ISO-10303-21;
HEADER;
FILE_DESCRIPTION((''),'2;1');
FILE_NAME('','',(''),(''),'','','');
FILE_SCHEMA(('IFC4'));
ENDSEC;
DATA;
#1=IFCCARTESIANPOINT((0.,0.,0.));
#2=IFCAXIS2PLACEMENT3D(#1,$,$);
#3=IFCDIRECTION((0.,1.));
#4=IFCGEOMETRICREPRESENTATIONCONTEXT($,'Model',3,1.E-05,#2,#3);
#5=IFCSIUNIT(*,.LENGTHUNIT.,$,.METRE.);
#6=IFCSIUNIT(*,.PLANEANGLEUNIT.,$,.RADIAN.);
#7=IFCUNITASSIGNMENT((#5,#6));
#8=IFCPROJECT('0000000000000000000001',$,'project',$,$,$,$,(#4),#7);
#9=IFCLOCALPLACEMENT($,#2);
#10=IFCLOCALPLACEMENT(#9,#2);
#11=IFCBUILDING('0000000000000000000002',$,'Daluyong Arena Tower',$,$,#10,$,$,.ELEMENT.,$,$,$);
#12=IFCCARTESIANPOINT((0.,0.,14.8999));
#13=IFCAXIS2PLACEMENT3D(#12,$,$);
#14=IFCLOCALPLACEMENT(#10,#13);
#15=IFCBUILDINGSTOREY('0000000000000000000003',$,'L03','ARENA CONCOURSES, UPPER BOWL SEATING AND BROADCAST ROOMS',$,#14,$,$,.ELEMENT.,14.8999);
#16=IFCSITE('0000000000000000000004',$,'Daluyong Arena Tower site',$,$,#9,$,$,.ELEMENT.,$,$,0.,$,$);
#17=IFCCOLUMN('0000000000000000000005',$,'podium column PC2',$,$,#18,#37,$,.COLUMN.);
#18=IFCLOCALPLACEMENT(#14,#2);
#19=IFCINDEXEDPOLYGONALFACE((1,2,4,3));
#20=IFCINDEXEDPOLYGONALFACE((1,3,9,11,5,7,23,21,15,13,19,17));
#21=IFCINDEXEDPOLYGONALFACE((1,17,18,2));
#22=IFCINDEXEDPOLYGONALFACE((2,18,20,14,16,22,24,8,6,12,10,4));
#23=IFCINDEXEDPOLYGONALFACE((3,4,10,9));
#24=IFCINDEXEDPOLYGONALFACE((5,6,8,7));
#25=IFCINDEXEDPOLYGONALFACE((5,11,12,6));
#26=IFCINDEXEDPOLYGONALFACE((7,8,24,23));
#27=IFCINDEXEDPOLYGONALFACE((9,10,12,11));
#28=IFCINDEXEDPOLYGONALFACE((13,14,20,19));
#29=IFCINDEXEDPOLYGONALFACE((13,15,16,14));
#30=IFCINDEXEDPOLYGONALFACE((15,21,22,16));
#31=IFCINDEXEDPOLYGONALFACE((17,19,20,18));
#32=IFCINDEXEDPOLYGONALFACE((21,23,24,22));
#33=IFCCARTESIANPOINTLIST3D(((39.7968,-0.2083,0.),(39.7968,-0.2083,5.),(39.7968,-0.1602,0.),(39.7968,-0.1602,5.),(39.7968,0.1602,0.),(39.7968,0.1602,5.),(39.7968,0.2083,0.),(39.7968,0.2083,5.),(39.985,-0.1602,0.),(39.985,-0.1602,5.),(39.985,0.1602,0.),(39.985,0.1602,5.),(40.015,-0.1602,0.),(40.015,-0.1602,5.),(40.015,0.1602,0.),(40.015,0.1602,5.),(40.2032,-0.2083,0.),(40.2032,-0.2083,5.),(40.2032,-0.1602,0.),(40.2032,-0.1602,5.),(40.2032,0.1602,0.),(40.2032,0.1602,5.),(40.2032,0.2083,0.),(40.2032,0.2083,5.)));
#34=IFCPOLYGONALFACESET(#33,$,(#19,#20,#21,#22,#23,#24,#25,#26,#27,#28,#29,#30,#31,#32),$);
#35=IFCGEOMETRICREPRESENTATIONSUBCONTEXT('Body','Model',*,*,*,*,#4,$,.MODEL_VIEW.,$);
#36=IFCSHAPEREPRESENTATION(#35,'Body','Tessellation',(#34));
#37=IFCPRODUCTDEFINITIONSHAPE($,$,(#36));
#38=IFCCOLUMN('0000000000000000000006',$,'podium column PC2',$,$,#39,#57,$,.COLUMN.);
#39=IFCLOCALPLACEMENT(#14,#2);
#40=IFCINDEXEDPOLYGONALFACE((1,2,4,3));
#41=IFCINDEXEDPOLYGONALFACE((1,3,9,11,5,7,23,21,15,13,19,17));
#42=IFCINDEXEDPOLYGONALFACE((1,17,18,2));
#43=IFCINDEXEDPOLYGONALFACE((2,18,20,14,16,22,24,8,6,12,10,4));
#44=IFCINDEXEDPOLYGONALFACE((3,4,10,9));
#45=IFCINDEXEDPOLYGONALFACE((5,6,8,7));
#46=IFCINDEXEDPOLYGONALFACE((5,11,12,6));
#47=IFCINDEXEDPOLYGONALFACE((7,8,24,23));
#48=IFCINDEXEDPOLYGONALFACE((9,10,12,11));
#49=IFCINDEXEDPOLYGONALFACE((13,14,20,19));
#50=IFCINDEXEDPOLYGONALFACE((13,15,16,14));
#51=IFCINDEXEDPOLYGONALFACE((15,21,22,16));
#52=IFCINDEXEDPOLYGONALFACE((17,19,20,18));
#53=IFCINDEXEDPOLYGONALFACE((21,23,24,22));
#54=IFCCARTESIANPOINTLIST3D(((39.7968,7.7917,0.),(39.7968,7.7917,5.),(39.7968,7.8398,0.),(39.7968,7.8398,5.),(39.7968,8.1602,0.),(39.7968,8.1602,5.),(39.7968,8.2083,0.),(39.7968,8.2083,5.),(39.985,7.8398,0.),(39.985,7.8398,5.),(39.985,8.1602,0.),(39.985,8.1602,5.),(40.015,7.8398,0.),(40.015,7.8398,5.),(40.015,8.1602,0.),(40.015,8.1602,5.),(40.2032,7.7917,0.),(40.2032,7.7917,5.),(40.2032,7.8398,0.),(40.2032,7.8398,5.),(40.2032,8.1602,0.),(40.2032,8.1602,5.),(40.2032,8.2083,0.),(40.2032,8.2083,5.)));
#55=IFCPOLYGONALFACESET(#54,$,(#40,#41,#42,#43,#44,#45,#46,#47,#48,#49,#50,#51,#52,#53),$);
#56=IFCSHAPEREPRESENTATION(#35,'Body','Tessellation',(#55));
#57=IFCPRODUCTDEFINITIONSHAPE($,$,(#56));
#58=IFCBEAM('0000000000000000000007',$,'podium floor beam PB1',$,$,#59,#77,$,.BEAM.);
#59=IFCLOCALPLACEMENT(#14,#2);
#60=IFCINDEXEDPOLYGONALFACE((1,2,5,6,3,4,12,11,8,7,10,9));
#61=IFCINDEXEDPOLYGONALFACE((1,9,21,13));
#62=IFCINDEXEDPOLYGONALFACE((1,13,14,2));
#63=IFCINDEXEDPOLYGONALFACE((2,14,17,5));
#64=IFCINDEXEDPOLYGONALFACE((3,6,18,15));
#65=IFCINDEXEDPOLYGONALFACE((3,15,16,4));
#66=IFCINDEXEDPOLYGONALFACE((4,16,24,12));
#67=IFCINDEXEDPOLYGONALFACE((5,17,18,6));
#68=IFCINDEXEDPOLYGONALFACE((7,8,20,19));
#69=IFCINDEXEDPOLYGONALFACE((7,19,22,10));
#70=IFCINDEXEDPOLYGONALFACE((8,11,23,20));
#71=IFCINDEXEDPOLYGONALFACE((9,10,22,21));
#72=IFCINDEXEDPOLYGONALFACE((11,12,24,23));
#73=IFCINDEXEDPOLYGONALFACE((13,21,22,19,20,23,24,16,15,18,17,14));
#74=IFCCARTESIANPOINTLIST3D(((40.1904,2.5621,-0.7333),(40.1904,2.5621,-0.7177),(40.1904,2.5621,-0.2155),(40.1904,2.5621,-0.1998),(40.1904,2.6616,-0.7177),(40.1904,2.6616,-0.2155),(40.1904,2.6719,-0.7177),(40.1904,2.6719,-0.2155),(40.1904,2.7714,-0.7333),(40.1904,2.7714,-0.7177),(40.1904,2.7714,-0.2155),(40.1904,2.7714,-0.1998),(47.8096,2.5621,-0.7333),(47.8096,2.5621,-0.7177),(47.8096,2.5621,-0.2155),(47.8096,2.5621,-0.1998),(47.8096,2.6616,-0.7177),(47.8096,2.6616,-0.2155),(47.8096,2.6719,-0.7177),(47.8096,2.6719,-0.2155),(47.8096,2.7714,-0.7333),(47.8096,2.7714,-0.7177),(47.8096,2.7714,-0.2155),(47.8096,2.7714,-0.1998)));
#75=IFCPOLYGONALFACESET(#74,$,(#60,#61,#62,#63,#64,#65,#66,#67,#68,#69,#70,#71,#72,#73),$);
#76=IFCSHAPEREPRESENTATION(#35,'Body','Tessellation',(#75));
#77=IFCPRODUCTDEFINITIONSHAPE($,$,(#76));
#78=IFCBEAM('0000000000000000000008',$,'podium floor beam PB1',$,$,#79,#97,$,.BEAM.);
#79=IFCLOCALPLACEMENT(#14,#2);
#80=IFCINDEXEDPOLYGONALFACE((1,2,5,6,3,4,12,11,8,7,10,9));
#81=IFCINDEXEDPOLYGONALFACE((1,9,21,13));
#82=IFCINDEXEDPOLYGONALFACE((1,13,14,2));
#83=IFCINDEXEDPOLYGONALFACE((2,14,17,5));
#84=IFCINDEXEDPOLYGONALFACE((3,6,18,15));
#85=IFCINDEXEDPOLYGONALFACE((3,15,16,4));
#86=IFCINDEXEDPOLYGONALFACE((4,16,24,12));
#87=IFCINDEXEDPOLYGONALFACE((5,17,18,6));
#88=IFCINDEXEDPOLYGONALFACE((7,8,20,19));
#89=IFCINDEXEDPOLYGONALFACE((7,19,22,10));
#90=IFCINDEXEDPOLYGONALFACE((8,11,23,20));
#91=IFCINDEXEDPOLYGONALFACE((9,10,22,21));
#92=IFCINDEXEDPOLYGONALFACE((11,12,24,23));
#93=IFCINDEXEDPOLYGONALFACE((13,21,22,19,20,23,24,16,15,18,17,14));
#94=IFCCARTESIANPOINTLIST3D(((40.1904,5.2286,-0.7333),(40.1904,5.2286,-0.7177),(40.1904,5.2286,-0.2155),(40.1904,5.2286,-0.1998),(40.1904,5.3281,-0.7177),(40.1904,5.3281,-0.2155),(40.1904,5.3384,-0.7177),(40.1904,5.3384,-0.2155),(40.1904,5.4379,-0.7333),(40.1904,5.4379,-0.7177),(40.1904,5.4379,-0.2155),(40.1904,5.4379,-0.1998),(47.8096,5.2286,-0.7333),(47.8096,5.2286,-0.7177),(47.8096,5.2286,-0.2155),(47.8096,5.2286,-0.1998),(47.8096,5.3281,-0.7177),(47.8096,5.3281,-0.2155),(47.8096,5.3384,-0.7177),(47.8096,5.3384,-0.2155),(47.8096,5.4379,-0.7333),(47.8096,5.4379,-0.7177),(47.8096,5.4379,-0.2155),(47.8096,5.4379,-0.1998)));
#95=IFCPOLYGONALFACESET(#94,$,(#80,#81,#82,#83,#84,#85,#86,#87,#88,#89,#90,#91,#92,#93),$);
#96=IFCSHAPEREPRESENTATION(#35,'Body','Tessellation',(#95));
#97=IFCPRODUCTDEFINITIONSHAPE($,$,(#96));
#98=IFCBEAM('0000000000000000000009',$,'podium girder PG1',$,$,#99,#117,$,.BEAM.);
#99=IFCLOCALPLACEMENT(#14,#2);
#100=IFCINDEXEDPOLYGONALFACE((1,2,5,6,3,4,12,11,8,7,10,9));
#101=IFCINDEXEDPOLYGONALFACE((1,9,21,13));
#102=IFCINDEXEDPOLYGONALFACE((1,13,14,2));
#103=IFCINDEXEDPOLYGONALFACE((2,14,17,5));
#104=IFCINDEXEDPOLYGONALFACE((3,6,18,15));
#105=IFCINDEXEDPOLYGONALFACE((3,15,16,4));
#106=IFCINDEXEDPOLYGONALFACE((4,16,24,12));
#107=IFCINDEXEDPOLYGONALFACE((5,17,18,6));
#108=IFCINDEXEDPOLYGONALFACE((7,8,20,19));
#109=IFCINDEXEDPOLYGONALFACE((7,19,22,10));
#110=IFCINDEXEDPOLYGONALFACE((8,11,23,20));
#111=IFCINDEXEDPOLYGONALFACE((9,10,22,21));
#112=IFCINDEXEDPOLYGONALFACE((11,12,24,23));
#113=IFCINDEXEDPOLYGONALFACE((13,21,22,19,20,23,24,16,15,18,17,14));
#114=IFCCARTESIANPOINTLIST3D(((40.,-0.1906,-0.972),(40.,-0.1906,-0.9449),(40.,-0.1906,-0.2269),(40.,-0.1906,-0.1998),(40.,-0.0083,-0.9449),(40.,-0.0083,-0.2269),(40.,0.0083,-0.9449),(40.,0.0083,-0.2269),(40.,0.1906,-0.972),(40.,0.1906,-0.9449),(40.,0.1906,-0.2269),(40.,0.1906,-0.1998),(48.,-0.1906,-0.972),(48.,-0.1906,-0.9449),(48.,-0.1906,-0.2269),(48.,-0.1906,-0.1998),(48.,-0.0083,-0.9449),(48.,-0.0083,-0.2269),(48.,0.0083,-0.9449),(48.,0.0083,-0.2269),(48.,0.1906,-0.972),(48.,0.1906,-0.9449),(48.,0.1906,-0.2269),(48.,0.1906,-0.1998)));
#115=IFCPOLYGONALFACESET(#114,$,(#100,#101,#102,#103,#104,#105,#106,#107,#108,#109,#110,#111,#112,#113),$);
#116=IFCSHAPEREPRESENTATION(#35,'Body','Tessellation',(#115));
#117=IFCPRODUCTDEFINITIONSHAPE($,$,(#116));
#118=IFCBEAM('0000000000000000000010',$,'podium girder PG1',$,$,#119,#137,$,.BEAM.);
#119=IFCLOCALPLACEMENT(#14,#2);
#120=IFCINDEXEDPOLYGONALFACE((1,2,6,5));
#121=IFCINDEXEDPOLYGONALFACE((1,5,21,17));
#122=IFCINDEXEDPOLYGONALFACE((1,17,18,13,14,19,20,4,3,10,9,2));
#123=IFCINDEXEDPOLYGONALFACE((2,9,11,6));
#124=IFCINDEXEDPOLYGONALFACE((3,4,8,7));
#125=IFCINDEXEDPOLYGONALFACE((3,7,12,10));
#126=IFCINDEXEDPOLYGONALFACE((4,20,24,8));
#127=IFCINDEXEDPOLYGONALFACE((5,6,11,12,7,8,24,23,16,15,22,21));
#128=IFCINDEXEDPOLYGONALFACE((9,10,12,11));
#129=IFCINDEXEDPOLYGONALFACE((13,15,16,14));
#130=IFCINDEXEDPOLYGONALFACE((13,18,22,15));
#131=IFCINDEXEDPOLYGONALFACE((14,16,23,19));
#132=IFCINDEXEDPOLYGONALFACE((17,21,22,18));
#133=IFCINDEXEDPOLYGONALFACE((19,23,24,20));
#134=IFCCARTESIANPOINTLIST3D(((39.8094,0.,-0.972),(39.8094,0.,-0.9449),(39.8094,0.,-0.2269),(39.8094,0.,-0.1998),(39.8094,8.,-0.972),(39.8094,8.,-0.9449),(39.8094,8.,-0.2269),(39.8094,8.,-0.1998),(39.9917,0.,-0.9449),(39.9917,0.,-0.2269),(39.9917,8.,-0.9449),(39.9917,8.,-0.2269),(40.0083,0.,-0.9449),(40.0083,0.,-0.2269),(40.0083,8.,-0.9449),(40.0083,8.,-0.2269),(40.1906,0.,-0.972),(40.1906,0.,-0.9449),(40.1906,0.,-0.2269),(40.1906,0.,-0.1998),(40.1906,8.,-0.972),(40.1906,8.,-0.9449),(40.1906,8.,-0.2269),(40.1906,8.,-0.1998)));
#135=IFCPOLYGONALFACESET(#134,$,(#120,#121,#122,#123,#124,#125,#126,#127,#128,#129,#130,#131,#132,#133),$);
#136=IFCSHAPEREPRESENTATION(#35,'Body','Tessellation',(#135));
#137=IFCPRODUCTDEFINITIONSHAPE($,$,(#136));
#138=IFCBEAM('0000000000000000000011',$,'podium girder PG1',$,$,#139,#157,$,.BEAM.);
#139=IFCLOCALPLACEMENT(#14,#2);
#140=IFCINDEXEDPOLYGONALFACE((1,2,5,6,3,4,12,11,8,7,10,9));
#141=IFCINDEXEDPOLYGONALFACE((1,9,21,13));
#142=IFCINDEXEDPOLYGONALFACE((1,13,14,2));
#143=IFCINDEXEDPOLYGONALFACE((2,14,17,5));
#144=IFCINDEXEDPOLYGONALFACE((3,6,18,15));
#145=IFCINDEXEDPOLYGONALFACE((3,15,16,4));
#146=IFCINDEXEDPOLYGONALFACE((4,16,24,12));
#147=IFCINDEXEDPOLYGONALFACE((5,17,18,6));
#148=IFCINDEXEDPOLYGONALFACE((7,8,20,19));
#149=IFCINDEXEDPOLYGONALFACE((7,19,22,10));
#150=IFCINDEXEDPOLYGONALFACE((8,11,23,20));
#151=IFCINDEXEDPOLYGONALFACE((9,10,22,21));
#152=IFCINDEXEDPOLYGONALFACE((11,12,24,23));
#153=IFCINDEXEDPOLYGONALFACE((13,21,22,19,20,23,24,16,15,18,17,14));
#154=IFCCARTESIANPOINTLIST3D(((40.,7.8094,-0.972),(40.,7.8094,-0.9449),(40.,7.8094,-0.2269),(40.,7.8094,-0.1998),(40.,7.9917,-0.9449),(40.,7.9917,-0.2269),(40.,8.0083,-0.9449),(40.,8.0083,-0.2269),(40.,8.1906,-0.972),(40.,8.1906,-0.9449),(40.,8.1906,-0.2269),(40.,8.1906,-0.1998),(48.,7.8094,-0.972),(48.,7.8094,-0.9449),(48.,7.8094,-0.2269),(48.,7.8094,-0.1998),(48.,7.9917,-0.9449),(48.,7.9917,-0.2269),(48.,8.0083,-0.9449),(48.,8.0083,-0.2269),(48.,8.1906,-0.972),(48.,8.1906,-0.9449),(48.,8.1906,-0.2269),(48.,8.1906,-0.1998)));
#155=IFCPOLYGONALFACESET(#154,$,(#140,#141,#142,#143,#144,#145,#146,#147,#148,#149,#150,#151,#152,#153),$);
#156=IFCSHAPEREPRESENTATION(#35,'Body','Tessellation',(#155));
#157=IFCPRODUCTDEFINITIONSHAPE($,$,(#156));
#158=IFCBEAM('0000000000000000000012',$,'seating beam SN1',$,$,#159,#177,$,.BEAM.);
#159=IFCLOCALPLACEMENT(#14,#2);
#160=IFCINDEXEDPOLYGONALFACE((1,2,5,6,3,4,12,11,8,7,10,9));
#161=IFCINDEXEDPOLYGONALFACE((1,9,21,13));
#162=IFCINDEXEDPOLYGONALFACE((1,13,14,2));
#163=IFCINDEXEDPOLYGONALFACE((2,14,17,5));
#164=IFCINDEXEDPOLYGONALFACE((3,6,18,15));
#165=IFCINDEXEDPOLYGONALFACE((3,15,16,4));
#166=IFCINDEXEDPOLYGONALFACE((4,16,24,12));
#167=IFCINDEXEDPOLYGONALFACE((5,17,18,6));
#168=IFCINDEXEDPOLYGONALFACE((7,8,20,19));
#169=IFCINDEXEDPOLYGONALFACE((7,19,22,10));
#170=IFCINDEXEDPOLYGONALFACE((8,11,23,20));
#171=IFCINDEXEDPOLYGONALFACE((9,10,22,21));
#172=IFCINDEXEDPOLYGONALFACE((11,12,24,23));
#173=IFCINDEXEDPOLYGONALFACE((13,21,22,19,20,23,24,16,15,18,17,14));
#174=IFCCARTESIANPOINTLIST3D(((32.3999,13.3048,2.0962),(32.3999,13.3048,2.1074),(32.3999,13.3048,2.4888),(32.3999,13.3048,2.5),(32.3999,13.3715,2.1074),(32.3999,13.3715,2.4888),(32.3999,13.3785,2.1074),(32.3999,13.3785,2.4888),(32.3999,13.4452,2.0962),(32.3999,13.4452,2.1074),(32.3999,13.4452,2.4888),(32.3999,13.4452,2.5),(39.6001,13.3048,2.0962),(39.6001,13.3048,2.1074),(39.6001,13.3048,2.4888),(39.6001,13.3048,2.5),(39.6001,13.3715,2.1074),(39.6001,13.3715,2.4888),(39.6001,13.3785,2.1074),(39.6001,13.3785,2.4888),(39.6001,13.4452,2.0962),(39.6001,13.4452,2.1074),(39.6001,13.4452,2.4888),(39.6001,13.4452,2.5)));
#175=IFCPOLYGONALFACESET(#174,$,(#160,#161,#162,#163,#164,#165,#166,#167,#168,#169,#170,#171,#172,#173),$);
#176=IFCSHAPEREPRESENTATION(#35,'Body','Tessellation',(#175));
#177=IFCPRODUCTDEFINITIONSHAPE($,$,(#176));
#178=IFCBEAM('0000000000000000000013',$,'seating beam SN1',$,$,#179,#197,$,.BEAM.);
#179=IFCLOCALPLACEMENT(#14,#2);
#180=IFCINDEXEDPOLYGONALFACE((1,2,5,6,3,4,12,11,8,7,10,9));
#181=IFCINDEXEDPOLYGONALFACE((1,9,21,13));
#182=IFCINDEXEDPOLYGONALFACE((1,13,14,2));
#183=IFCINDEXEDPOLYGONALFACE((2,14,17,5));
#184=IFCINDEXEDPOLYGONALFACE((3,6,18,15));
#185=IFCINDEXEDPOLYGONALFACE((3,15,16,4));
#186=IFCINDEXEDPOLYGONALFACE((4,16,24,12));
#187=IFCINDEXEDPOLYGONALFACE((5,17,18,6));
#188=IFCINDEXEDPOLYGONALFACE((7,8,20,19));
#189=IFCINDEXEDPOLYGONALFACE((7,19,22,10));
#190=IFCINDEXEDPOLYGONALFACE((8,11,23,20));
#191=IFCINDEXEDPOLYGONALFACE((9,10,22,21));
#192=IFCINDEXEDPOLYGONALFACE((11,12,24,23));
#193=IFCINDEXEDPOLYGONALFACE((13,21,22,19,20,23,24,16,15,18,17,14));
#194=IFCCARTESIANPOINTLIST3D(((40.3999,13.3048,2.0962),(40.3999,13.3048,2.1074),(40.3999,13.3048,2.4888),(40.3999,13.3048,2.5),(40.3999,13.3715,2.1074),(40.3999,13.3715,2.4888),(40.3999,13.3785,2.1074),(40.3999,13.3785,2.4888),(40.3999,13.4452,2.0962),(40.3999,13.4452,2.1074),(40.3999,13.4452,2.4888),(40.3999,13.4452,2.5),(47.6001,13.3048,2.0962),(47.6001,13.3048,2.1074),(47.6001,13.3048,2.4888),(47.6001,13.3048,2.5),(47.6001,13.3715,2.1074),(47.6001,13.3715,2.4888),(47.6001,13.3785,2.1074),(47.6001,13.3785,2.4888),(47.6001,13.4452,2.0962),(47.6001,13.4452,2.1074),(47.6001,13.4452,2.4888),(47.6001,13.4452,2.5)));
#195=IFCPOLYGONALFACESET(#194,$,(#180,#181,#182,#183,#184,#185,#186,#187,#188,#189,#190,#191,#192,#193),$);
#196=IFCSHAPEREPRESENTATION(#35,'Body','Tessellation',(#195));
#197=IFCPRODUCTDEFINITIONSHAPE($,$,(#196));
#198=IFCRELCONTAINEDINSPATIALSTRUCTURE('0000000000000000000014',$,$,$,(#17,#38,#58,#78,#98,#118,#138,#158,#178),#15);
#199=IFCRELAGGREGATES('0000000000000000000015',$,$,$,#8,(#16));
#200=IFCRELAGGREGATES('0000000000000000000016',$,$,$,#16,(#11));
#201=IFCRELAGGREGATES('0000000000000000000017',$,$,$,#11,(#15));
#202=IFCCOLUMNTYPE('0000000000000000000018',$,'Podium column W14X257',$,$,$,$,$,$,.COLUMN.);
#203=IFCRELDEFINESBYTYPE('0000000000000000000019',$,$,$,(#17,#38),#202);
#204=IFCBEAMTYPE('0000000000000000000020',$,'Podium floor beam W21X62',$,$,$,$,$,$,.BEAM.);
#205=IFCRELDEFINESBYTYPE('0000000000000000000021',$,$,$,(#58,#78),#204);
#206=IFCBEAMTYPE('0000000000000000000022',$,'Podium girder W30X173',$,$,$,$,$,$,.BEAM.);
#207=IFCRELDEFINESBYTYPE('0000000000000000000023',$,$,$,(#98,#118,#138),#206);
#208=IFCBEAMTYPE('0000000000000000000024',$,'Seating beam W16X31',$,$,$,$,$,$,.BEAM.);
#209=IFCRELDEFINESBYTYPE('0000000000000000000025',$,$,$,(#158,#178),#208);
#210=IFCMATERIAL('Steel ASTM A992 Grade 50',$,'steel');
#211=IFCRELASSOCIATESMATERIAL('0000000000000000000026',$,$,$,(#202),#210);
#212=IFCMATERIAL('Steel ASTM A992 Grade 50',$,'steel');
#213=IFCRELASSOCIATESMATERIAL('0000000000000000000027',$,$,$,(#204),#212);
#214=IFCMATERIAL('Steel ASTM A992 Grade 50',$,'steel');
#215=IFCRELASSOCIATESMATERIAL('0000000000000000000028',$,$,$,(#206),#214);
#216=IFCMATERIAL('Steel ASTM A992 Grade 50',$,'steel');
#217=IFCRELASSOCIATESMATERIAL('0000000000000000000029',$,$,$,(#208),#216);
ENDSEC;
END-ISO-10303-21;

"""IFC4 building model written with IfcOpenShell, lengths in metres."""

from ifc_helpers import new_model, si_unit, direction, frame, origin, origin_2d, place, context, subcontext, project, spatial, i_section, extrude, material, material_profile, profile_set, type_object, element, save


model = new_model("IFC4")

# Units and contexts
model_context = context("Model", 3, precision=1e-05, world=origin(), true_north=direction((0.0, 1.0)))
body_context = subcontext(model_context, "Body", "Model", "MODEL_VIEW")
ifc_project = project(units=[si_unit("LENGTHUNIT", "METRE"), si_unit("PLANEANGLEUNIT", "RADIAN")], contexts=[model_context])

# Site, building, storey
site_placement = place(None, origin())
site = spatial("IfcSite", under=ifc_project, at=site_placement, Name="Daluyong Arena Tower site", CompositionType="ELEMENT", RefElevation=0.0)
building_placement = place(site_placement, origin())
building = spatial("IfcBuilding", under=site, at=building_placement, Name="Daluyong Arena Tower", CompositionType="ELEMENT")
storey_placement = place(building_placement, frame((0.0, 0.0, 14.8999)))
storey = spatial("IfcBuildingStorey", under=building, at=storey_placement, Name="L03", Description="ARENA CONCOURSES, UPPER BOWL SEATING AND BROADCAST ROOMS", CompositionType="ELEMENT", Elevation=14.8999)

# Columns
ifc_material_1 = material(Name="Steel ASTM A992 Grade 50", Category="steel")
ifc_material_profile_1 = material_profile(ifc_material_1, i_section(OverallWidth=0.4065, OverallDepth=0.4165, WebThickness=0.03, FlangeThickness=0.0481, at=origin_2d()))
ifc_profile_set_1 = profile_set([ifc_material_profile_1], Name="Steel ASTM A992 Grade 50")
column_type = type_object("IfcColumnType", Name="Podium column W14X257", PredefinedType="COLUMN", material=ifc_profile_set_1)
for number, where, z_axis, x_axis, name in (
    (1, (40.0, 0.0, 0.0), (0.0, 0.0, 1.0), (1.0, 0.0, 0.0), "podium column PC2"),
    (2, (40.0, 8.0, 0.0), (0.0, 0.0, 1.0), (1.0, 0.0, 0.0), "podium column PC2"),
):
    element("IfcColumn", number, at=place(storey_placement, frame(where, z_axis=z_axis, x_axis=x_axis)), inside=storey, type_object=column_type, Name=name, PredefinedType="COLUMN", context=body_context, shape_type="SweptSolid", body=[
        extrude(i_section(OverallWidth=0.4065, OverallDepth=0.4165, WebThickness=0.03, FlangeThickness=0.0481, at=origin_2d()), origin(), (0.0, 0.0, 1.0), 5.0),
    ])

# Beams
ifc_material_2 = material(Name="Steel ASTM A992 Grade 50", Category="steel")
ifc_material_profile_2 = material_profile(ifc_material_2, i_section(OverallWidth=0.2092, OverallDepth=0.5334, WebThickness=0.0103, FlangeThickness=0.0156, at=origin_2d()))
ifc_profile_set_2 = profile_set([ifc_material_profile_2], Name="Steel ASTM A992 Grade 50")
beam_type_1 = type_object("IfcBeamType", Name="Podium floor beam W21X62", PredefinedType="BEAM", material=ifc_profile_set_2)
for number, where, z_axis, x_axis, name in (
    (3, (40.1904, 2.6667, -0.4666), (1.0, 0.0, 0.0), (0.0, 1.0, 0.0), "podium floor beam PB1"),
    (4, (40.1904, 5.3333, -0.4666), (1.0, 0.0, 0.0), (0.0, 1.0, 0.0), "podium floor beam PB1"),
):
    element("IfcBeam", number, at=place(storey_placement, frame(where, z_axis=z_axis, x_axis=x_axis)), inside=storey, type_object=beam_type_1, Name=name, PredefinedType="BEAM", context=body_context, shape_type="SweptSolid", body=[
        extrude(i_section(OverallWidth=0.2092, OverallDepth=0.5334, WebThickness=0.0103, FlangeThickness=0.0156, at=origin_2d()), origin(), (0.0, 0.0, 1.0), 7.6191),
    ])
ifc_material_3 = material(Name="Steel ASTM A992 Grade 50", Category="steel")
ifc_material_profile_3 = material_profile(ifc_material_3, i_section(OverallWidth=0.3811, OverallDepth=0.7722, WebThickness=0.0166, FlangeThickness=0.0271, at=origin_2d()))
ifc_profile_set_3 = profile_set([ifc_material_profile_3], Name="Steel ASTM A992 Grade 50")
beam_type_2 = type_object("IfcBeamType", Name="Podium girder W30X173", PredefinedType="BEAM", material=ifc_profile_set_3)
for number, where, z_axis, x_axis, name in (
    (5, (40.0, 0.0, -0.5859), (1.0, 0.0, 0.0), (0.0, 1.0, 0.0), "podium girder PG1"),
    (6, (40.0, 0.0, -0.5859), (0.0, 1.0, 0.0), (-1.0, 0.0, 0.0), "podium girder PG1"),
    (7, (40.0, 8.0, -0.5859), (1.0, 0.0, 0.0), (0.0, 1.0, 0.0), "podium girder PG1"),
):
    element("IfcBeam", number, at=place(storey_placement, frame(where, z_axis=z_axis, x_axis=x_axis)), inside=storey, type_object=beam_type_2, Name=name, PredefinedType="BEAM", context=body_context, shape_type="SweptSolid", body=[
        extrude(i_section(OverallWidth=0.3811, OverallDepth=0.7722, WebThickness=0.0166, FlangeThickness=0.0271, at=origin_2d()), origin(), (0.0, 0.0, 1.0), 8.0),
    ])
ifc_material_4 = material(Name="Steel ASTM A992 Grade 50", Category="steel")
ifc_material_profile_4 = material_profile(ifc_material_4, i_section(OverallWidth=0.1404, OverallDepth=0.4038, WebThickness=0.0071, FlangeThickness=0.0112, at=origin_2d()))
ifc_profile_set_4 = profile_set([ifc_material_profile_4], Name="Steel ASTM A992 Grade 50")
beam_type_3 = type_object("IfcBeamType", Name="Seating beam W16X31", PredefinedType="BEAM", material=ifc_profile_set_4)
for number, where, z_axis, x_axis, name in (
    (8, (32.3999, 13.375, 2.2981), (1.0, 0.0, 0.0), (0.0, 1.0, 0.0), "seating beam SN1"),
    (9, (40.3999, 13.375, 2.2981), (1.0, 0.0, 0.0), (0.0, 1.0, 0.0), "seating beam SN1"),
):
    element("IfcBeam", number, at=place(storey_placement, frame(where, z_axis=z_axis, x_axis=x_axis)), inside=storey, type_object=beam_type_3, Name=name, PredefinedType="BEAM", context=body_context, shape_type="SweptSolid", body=[
        extrude(i_section(OverallWidth=0.1404, OverallDepth=0.4038, WebThickness=0.0071, FlangeThickness=0.0112, at=origin_2d()), origin(), (0.0, 0.0, 1.0), 7.2002),
    ])

save(model, "model.ifc")
